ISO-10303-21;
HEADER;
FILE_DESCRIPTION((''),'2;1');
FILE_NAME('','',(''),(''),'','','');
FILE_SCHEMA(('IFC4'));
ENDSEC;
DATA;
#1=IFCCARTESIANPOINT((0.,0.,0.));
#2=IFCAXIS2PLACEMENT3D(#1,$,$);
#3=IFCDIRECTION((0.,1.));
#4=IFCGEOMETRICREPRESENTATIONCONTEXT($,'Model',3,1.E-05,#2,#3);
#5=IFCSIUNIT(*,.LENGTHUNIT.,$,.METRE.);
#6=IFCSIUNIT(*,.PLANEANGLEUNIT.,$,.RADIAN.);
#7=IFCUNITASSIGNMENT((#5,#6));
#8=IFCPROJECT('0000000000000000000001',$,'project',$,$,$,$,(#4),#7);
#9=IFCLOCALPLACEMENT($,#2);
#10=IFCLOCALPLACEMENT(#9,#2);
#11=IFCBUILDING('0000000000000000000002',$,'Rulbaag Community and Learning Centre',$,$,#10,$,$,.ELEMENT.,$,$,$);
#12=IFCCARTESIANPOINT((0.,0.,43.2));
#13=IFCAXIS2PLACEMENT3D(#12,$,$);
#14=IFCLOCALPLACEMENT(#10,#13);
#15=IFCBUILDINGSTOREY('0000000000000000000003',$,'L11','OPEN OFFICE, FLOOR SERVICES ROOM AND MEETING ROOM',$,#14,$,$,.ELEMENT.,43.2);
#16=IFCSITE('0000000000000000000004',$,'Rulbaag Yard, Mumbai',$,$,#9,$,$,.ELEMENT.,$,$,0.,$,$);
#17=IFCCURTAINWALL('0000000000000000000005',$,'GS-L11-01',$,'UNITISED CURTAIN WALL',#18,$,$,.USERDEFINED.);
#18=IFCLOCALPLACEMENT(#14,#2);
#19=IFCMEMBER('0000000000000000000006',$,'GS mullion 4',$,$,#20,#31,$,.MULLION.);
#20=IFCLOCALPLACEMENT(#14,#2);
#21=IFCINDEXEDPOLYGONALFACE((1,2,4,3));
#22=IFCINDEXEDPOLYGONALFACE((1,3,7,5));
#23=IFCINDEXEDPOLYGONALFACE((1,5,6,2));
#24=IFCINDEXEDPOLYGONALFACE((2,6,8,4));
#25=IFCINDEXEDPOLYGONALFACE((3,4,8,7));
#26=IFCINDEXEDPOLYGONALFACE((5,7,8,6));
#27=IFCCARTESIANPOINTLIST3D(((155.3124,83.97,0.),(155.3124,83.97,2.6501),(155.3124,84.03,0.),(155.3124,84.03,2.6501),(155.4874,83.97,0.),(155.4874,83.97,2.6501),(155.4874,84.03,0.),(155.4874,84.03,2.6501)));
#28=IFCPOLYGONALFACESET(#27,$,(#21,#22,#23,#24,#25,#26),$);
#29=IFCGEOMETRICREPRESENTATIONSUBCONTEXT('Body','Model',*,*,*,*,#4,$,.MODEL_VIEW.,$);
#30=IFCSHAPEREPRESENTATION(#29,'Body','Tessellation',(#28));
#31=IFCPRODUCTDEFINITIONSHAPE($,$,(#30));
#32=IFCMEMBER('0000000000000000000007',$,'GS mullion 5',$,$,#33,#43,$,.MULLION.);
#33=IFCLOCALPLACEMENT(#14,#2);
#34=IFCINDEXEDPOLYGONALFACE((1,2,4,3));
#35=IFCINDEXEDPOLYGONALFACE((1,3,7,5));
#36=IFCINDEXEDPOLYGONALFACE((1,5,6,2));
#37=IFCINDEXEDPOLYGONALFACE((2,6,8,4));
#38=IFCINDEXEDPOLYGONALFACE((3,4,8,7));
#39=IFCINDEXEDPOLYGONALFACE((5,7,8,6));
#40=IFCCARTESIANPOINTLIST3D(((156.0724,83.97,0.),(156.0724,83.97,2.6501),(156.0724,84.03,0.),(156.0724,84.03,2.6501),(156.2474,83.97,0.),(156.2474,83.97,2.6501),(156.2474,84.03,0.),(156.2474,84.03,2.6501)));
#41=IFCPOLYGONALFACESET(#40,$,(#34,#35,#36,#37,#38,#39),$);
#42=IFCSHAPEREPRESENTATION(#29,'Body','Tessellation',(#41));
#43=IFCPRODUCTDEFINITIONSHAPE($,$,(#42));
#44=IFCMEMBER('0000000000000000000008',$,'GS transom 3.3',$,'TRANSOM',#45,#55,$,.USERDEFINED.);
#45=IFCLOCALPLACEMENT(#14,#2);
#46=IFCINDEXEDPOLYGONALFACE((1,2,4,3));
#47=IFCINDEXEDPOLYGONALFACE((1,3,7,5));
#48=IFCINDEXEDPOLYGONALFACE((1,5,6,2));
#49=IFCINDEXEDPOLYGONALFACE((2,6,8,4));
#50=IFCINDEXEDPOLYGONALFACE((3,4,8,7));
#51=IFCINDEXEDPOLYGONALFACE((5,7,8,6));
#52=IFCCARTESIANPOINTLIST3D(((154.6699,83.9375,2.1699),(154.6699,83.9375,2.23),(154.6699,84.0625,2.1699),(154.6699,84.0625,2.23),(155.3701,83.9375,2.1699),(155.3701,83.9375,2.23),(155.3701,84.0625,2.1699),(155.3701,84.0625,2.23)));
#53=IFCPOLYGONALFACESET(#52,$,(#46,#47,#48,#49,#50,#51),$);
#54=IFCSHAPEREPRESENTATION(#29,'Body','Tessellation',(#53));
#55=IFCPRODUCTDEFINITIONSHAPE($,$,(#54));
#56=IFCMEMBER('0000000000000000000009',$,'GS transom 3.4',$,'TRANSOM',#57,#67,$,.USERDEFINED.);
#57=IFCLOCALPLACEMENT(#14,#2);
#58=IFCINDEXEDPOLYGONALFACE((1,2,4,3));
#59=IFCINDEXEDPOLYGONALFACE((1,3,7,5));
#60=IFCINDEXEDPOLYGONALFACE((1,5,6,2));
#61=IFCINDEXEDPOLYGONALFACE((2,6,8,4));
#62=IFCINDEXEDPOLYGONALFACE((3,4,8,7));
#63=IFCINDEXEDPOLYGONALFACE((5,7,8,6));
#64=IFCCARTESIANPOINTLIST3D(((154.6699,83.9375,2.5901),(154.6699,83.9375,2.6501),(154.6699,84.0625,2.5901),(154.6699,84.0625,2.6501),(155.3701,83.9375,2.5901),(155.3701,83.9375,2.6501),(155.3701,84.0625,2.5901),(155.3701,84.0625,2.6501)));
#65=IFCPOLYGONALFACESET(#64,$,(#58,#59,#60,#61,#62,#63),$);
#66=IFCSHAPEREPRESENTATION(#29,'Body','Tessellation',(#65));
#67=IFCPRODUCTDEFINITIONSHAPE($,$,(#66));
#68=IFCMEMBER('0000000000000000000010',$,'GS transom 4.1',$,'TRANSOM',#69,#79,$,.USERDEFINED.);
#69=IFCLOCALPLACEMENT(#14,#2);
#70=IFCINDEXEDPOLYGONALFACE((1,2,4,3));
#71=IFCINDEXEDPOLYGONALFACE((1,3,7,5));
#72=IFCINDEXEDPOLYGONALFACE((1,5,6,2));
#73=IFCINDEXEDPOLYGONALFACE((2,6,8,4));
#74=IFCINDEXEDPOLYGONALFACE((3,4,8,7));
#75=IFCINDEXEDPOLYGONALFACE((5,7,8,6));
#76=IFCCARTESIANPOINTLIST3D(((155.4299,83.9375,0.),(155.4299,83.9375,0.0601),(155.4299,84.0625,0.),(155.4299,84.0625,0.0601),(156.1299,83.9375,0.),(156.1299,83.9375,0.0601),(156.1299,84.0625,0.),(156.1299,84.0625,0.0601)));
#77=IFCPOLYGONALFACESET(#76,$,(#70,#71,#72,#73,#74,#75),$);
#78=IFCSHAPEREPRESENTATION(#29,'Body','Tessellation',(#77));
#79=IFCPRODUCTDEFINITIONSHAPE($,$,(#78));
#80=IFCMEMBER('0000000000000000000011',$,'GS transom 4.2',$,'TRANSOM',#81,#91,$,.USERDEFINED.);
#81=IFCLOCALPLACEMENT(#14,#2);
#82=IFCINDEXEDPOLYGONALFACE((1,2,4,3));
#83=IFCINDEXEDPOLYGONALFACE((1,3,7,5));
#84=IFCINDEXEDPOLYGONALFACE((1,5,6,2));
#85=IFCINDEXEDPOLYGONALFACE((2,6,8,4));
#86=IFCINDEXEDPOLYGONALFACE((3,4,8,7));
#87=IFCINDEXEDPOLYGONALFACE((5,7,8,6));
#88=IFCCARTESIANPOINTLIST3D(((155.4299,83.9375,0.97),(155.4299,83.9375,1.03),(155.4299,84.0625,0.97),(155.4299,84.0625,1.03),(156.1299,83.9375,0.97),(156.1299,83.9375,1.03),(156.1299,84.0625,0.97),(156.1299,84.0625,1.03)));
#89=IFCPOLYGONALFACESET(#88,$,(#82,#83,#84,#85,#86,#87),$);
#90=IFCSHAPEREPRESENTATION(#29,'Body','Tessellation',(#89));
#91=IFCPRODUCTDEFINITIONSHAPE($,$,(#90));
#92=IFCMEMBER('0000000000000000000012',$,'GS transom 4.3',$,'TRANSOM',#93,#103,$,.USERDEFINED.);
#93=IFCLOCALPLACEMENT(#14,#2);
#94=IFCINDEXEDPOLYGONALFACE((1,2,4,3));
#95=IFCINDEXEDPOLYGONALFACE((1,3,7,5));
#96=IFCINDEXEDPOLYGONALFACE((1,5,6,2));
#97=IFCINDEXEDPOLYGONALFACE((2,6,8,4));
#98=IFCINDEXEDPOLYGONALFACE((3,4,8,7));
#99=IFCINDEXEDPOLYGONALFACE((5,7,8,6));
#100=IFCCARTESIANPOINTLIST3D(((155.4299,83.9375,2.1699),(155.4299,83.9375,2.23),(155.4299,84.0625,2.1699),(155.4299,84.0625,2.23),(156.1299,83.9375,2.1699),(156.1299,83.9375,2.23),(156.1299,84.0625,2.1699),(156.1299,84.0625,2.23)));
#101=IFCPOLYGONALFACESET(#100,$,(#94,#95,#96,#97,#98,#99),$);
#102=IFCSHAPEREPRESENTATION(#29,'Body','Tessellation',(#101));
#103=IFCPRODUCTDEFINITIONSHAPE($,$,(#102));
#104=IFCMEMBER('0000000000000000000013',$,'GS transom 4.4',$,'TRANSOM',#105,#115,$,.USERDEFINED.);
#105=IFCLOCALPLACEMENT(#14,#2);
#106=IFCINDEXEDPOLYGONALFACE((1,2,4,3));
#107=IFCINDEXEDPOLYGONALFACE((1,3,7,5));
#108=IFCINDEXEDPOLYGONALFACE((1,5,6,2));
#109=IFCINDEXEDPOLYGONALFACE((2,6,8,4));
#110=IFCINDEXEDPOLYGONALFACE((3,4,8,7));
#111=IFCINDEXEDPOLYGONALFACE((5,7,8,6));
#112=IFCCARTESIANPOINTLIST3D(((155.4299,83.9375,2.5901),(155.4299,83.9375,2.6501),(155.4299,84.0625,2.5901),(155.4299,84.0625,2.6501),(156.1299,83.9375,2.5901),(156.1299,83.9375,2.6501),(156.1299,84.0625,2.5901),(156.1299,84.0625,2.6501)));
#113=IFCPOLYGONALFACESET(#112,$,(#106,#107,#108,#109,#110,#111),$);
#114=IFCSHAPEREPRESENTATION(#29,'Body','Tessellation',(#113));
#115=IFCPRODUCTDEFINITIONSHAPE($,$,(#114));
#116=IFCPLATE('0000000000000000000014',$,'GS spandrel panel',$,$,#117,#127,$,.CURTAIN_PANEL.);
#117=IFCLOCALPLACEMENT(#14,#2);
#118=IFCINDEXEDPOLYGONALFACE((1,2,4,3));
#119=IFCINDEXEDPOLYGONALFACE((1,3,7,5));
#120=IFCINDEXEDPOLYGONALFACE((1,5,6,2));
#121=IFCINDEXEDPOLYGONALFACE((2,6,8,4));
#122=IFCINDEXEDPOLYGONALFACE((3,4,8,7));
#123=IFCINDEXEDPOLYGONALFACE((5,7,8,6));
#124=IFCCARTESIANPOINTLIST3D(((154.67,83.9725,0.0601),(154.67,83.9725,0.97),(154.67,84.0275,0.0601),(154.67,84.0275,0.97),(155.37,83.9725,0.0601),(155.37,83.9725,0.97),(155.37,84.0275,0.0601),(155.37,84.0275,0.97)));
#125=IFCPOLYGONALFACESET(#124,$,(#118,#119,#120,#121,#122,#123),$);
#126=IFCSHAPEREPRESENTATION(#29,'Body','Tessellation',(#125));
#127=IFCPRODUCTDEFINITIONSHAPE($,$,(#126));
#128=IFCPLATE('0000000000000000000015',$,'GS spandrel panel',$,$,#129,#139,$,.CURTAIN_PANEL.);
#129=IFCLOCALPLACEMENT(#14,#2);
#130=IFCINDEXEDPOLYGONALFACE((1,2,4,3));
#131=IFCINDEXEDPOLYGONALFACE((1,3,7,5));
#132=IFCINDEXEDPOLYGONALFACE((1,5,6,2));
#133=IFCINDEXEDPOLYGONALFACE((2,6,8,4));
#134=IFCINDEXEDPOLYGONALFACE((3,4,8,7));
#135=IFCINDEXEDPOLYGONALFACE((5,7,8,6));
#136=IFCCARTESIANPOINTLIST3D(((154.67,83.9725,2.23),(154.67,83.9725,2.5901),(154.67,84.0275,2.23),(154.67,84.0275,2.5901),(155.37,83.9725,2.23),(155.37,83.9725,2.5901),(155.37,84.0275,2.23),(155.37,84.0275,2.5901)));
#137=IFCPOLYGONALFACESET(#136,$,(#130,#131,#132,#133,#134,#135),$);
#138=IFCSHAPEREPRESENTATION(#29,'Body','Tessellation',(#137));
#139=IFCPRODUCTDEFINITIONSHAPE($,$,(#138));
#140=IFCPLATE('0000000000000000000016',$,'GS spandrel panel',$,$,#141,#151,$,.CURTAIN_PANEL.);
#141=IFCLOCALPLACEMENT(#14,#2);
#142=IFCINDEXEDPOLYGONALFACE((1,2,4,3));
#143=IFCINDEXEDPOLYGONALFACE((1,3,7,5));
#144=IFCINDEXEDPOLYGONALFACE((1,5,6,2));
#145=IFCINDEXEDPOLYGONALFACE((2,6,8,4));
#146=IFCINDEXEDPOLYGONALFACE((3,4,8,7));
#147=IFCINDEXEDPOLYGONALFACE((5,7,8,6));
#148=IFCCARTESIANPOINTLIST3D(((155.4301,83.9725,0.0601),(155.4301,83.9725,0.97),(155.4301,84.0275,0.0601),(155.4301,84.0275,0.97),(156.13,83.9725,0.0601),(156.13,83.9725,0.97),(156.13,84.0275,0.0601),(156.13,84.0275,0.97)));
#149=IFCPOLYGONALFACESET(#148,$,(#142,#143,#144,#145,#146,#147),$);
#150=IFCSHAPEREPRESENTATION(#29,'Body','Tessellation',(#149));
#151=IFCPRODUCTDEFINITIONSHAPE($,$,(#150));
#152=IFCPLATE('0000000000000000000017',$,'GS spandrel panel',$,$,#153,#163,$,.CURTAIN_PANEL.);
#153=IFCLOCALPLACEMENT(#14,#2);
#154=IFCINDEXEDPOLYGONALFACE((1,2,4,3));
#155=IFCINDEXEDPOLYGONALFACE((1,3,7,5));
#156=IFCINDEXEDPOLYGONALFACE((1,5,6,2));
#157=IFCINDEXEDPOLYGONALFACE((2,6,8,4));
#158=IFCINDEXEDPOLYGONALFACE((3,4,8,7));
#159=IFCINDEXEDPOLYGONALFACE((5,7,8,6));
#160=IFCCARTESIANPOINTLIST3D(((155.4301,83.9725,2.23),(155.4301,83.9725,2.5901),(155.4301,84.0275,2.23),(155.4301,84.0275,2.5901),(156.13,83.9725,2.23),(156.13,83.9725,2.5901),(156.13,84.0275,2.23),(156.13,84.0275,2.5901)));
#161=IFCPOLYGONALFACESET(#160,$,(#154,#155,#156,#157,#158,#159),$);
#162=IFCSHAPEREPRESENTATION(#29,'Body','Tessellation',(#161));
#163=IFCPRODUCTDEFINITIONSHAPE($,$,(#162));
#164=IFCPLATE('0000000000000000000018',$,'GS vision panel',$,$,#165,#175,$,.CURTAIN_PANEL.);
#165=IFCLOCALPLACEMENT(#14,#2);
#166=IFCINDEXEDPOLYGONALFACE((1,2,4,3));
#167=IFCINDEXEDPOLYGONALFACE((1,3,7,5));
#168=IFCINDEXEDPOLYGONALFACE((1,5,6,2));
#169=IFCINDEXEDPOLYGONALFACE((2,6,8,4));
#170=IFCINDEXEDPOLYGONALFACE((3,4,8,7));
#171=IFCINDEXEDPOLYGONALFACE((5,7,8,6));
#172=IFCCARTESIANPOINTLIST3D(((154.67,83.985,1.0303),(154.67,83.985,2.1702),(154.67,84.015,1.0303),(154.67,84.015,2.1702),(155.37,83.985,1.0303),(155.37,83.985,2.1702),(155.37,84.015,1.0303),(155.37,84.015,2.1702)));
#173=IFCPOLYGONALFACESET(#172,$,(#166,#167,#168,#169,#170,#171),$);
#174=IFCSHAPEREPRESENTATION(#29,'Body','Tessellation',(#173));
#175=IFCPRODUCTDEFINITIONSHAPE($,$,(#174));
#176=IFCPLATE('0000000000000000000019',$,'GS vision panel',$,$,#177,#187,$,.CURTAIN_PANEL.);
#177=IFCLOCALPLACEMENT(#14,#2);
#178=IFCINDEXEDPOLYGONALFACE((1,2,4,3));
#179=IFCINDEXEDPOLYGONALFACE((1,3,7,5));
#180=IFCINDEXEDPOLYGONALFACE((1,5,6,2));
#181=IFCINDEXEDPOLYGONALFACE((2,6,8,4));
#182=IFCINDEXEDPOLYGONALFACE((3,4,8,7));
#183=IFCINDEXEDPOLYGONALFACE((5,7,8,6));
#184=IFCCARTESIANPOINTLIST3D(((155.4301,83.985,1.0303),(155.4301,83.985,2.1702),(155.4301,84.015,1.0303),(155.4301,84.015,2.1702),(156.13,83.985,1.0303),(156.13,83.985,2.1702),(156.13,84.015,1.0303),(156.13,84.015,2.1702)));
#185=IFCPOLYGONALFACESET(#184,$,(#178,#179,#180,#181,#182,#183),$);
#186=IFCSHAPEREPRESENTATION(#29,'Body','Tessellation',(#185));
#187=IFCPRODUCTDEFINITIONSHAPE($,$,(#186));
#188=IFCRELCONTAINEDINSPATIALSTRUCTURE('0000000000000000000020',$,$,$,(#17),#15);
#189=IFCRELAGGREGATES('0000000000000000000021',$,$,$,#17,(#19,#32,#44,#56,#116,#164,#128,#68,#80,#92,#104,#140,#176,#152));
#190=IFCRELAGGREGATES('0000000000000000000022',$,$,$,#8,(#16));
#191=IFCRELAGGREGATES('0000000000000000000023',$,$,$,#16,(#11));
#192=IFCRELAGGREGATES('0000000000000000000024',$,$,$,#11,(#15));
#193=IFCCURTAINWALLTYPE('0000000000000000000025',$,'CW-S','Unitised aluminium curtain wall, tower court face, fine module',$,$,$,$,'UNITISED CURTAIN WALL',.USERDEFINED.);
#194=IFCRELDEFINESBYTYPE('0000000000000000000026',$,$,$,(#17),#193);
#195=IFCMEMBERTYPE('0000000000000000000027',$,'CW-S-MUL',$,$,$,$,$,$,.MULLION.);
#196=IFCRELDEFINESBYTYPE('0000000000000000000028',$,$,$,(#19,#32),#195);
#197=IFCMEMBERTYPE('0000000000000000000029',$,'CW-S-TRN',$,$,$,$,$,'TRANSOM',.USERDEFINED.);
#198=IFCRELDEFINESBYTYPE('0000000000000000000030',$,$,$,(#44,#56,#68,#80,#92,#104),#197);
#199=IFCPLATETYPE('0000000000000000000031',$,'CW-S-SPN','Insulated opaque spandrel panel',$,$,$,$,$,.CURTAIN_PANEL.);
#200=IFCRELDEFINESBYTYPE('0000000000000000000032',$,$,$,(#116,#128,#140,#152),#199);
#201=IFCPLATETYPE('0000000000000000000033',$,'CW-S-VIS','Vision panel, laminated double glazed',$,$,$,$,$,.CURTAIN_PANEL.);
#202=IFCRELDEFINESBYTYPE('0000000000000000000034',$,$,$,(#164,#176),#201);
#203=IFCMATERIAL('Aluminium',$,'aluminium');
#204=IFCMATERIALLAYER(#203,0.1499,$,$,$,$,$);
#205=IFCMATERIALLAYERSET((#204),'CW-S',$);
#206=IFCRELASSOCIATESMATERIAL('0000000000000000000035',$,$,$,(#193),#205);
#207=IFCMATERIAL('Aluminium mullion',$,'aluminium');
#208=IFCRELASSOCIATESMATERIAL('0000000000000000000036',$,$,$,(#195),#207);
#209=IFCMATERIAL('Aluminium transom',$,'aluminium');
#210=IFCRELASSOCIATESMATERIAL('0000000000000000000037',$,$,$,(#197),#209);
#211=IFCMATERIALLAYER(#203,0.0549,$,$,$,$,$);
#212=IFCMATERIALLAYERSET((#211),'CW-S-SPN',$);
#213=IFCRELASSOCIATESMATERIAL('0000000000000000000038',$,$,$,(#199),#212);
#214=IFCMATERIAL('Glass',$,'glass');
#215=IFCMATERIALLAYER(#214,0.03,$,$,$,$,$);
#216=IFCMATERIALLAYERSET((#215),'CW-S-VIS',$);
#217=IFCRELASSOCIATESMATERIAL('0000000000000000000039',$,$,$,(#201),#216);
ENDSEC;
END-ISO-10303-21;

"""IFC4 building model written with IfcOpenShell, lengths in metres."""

from ifc_helpers import new_model, si_unit, direction, frame, origin, origin_2d, place, context, subcontext, project, spatial, rectangle, extrude, material, layer, layer_set, material_profile, profile_set, type_object, element, aggregate, save


model = new_model("IFC4")

# Units and contexts
model_context = context("Model", 3, precision=1e-05, world=origin(), true_north=direction((0.0, 1.0)))
body_context = subcontext(model_context, "Body", "Model", "MODEL_VIEW")
ifc_project = project(units=[si_unit("LENGTHUNIT", "METRE"), si_unit("PLANEANGLEUNIT", "RADIAN")], contexts=[model_context])

# Site, building, storey
site_placement = place(None, origin())
site = spatial("IfcSite", under=ifc_project, at=site_placement, Name="Rulbaag Yard, Mumbai", CompositionType="ELEMENT", RefElevation=0.0)
building_placement = place(site_placement, origin())
building = spatial("IfcBuilding", under=site, at=building_placement, Name="Rulbaag Community and Learning Centre", CompositionType="ELEMENT")
storey_placement = place(building_placement, frame((0.0, 0.0, 43.2)))
storey = spatial("IfcBuildingStorey", under=building, at=storey_placement, Name="L11", Description="OPEN OFFICE, FLOOR SERVICES ROOM AND MEETING ROOM", CompositionType="ELEMENT", Elevation=43.2)

# Curtain wall, members, plates
ifc_material_1 = material(Name="Aluminium", Category="aluminium")
ifc_layer_1 = layer(ifc_material_1, 0.1499)
ifc_layer_set_1 = layer_set([ifc_layer_1], Name="CW-S")
curtain_wall_type = type_object("IfcCurtainWallType", Name="CW-S", Description="Unitised aluminium curtain wall, tower court face, fine module", ElementType="UNITISED CURTAIN WALL", PredefinedType="USERDEFINED", material=ifc_layer_set_1)
curtain_wall_placement = place(storey_placement, origin())
curtain_wall = element("IfcCurtainWall", 1, at=curtain_wall_placement, inside=storey, type_object=curtain_wall_type, Name="GS-L11-01", ObjectType="UNITISED CURTAIN WALL", PredefinedType="USERDEFINED")
ifc_material_2 = material(Name="Aluminium mullion", Category="aluminium")
ifc_material_profile_1 = material_profile(ifc_material_2, rectangle(XDim=0.0601, YDim=0.175, at=origin_2d()), Name="AL 60x175")
ifc_profile_set_1 = profile_set([ifc_material_profile_1], Name="Aluminium mullion")
member_type_1 = type_object("IfcMemberType", Name="CW-S-MUL", PredefinedType="MULLION", material=ifc_profile_set_1)
member_1_placement = place(storey_placement, frame((155.3999, 84.0, 0.0), z_axis=(0.0, 0.0, 1.0), x_axis=(0.0, 1.0, 0.0)))
member_1 = element("IfcMember", 2, at=member_1_placement, type_object=member_type_1, Name="GS mullion 4", PredefinedType="MULLION", context=body_context, shape_type="SweptSolid", body=[
    extrude(rectangle(XDim=0.0601, YDim=0.175, at=origin_2d()), origin(), (0.0, 0.0, 1.0), 2.6501),
])
member_2_placement = place(storey_placement, frame((156.1599, 84.0, 0.0), z_axis=(0.0, 0.0, 1.0), x_axis=(0.0, 1.0, 0.0)))
member_2 = element("IfcMember", 3, at=member_2_placement, type_object=member_type_1, Name="GS mullion 5", PredefinedType="MULLION", context=body_context, shape_type="SweptSolid", body=[
    extrude(rectangle(XDim=0.0601, YDim=0.175, at=origin_2d()), origin(), (0.0, 0.0, 1.0), 2.6501),
])
ifc_material_3 = material(Name="Aluminium transom", Category="aluminium")
ifc_material_profile_2 = material_profile(ifc_material_3, rectangle(XDim=0.125, YDim=0.0601, at=origin_2d()), Name="AL 60x125 T")
ifc_profile_set_2 = profile_set([ifc_material_profile_2], Name="Aluminium transom")
member_type_2 = type_object("IfcMemberType", Name="CW-S-TRN", ElementType="TRANSOM", PredefinedType="USERDEFINED", material=ifc_profile_set_2)
member_3_placement = place(storey_placement, frame((154.6699, 84.0, 2.2), z_axis=(1.0, 0.0, 0.0), x_axis=(0.0, 1.0, 0.0)))
member_3 = element("IfcMember", 4, at=member_3_placement, type_object=member_type_2, Name="GS transom 3.3", ObjectType="TRANSOM", PredefinedType="USERDEFINED", context=body_context, shape_type="SweptSolid", body=[
    extrude(rectangle(XDim=0.125, YDim=0.0601, at=origin_2d()), origin(), (0.0, 0.0, 1.0), 0.7002),
])
member_4_placement = place(storey_placement, frame((154.6699, 84.0, 2.6201), z_axis=(1.0, 0.0, 0.0), x_axis=(0.0, 1.0, 0.0)))
member_4 = element("IfcMember", 5, at=member_4_placement, type_object=member_type_2, Name="GS transom 3.4", ObjectType="TRANSOM", PredefinedType="USERDEFINED", context=body_context, shape_type="SweptSolid", body=[
    extrude(rectangle(XDim=0.125, YDim=0.0601, at=origin_2d()), origin(), (0.0, 0.0, 1.0), 0.7002),
])
member_5_placement = place(storey_placement, frame((155.4299, 84.0, 0.03), z_axis=(1.0, 0.0, 0.0), x_axis=(0.0, 1.0, 0.0)))
member_5 = element("IfcMember", 6, at=member_5_placement, type_object=member_type_2, Name="GS transom 4.1", ObjectType="TRANSOM", PredefinedType="USERDEFINED", context=body_context, shape_type="SweptSolid", body=[
    extrude(rectangle(XDim=0.125, YDim=0.0601, at=origin_2d()), origin(), (0.0, 0.0, 1.0), 0.7),
])
member_6_placement = place(storey_placement, frame((155.4299, 84.0, 1.0), z_axis=(1.0, 0.0, 0.0), x_axis=(0.0, 1.0, 0.0)))
member_6 = element("IfcMember", 7, at=member_6_placement, type_object=member_type_2, Name="GS transom 4.2", ObjectType="TRANSOM", PredefinedType="USERDEFINED", context=body_context, shape_type="SweptSolid", body=[
    extrude(rectangle(XDim=0.125, YDim=0.0601, at=origin_2d()), origin(), (0.0, 0.0, 1.0), 0.7),
])
member_7_placement = place(storey_placement, frame((155.4299, 84.0, 2.2), z_axis=(1.0, 0.0, 0.0), x_axis=(0.0, 1.0, 0.0)))
member_7 = element("IfcMember", 8, at=member_7_placement, type_object=member_type_2, Name="GS transom 4.3", ObjectType="TRANSOM", PredefinedType="USERDEFINED", context=body_context, shape_type="SweptSolid", body=[
    extrude(rectangle(XDim=0.125, YDim=0.0601, at=origin_2d()), origin(), (0.0, 0.0, 1.0), 0.7),
])
member_8_placement = place(storey_placement, frame((155.4299, 84.0, 2.6201), z_axis=(1.0, 0.0, 0.0), x_axis=(0.0, 1.0, 0.0)))
member_8 = element("IfcMember", 9, at=member_8_placement, type_object=member_type_2, Name="GS transom 4.4", ObjectType="TRANSOM", PredefinedType="USERDEFINED", context=body_context, shape_type="SweptSolid", body=[
    extrude(rectangle(XDim=0.125, YDim=0.0601, at=origin_2d()), origin(), (0.0, 0.0, 1.0), 0.7),
])
ifc_layer_2 = layer(ifc_material_1, 0.0549)
ifc_layer_set_2 = layer_set([ifc_layer_2], Name="CW-S-SPN")
plate_type_1 = type_object("IfcPlateType", Name="CW-S-SPN", Description="Insulated opaque spandrel panel", PredefinedType="CURTAIN_PANEL", material=ifc_layer_set_2)
plate_1_placement = place(storey_placement, frame((155.02, 84.0, 0.0601), z_axis=(0.0, 0.0, 1.0), x_axis=(1.0, 0.0, 0.0)))
plate_1 = element("IfcPlate", 10, at=plate_1_placement, type_object=plate_type_1, Name="GS spandrel panel", PredefinedType="CURTAIN_PANEL", context=body_context, shape_type="SweptSolid", body=[
    extrude(rectangle(XDim=0.7, YDim=0.0549, at=origin_2d()), origin(), (0.0, 0.0, 1.0), 0.9099),
])
plate_2_placement = place(storey_placement, frame((155.02, 84.0, 2.23), z_axis=(0.0, 0.0, 1.0), x_axis=(1.0, 0.0, 0.0)))
plate_2 = element("IfcPlate", 11, at=plate_2_placement, type_object=plate_type_1, Name="GS spandrel panel", PredefinedType="CURTAIN_PANEL", context=body_context, shape_type="SweptSolid", body=[
    extrude(rectangle(XDim=0.7, YDim=0.0549, at=origin_2d()), origin(), (0.0, 0.0, 1.0), 0.3601),
])
plate_3_placement = place(storey_placement, frame((155.78, 84.0, 0.0601), z_axis=(0.0, 0.0, 1.0), x_axis=(1.0, 0.0, 0.0)))
plate_3 = element("IfcPlate", 12, at=plate_3_placement, type_object=plate_type_1, Name="GS spandrel panel", PredefinedType="CURTAIN_PANEL", context=body_context, shape_type="SweptSolid", body=[
    extrude(rectangle(XDim=0.7, YDim=0.0549, at=origin_2d()), origin(), (0.0, 0.0, 1.0), 0.9099),
])
plate_4_placement = place(storey_placement, frame((155.78, 84.0, 2.23), z_axis=(0.0, 0.0, 1.0), x_axis=(1.0, 0.0, 0.0)))
plate_4 = element("IfcPlate", 13, at=plate_4_placement, type_object=plate_type_1, Name="GS spandrel panel", PredefinedType="CURTAIN_PANEL", context=body_context, shape_type="SweptSolid", body=[
    extrude(rectangle(XDim=0.7, YDim=0.0549, at=origin_2d()), origin(), (0.0, 0.0, 1.0), 0.3601),
])
ifc_material_4 = material(Name="Glass", Category="glass")
ifc_layer_3 = layer(ifc_material_4, 0.03)
ifc_layer_set_3 = layer_set([ifc_layer_3], Name="CW-S-VIS")
plate_type_2 = type_object("IfcPlateType", Name="CW-S-VIS", Description="Vision panel, laminated double glazed", PredefinedType="CURTAIN_PANEL", material=ifc_layer_set_3)
plate_5_placement = place(storey_placement, frame((155.02, 84.0, 1.0303), z_axis=(0.0, 0.0, 1.0), x_axis=(1.0, 0.0, 0.0)))
plate_5 = element("IfcPlate", 14, at=plate_5_placement, type_object=plate_type_2, Name="GS vision panel", PredefinedType="CURTAIN_PANEL", context=body_context, shape_type="SweptSolid", body=[
    extrude(rectangle(XDim=0.7, YDim=0.03, at=origin_2d()), origin(), (0.0, 0.0, 1.0), 1.1399),
])
plate_6_placement = place(storey_placement, frame((155.78, 84.0, 1.0303), z_axis=(0.0, 0.0, 1.0), x_axis=(1.0, 0.0, 0.0)))
plate_6 = element("IfcPlate", 15, at=plate_6_placement, type_object=plate_type_2, Name="GS vision panel", PredefinedType="CURTAIN_PANEL", context=body_context, shape_type="SweptSolid", body=[
    extrude(rectangle(XDim=0.7, YDim=0.03, at=origin_2d()), origin(), (0.0, 0.0, 1.0), 1.1399),
])
aggregate(curtain_wall, [member_1, member_2, member_3, member_4, plate_1, plate_5, plate_2, member_5, member_6, member_7, member_8, plate_3, plate_6, plate_4])

save(model, "model.ifc")
